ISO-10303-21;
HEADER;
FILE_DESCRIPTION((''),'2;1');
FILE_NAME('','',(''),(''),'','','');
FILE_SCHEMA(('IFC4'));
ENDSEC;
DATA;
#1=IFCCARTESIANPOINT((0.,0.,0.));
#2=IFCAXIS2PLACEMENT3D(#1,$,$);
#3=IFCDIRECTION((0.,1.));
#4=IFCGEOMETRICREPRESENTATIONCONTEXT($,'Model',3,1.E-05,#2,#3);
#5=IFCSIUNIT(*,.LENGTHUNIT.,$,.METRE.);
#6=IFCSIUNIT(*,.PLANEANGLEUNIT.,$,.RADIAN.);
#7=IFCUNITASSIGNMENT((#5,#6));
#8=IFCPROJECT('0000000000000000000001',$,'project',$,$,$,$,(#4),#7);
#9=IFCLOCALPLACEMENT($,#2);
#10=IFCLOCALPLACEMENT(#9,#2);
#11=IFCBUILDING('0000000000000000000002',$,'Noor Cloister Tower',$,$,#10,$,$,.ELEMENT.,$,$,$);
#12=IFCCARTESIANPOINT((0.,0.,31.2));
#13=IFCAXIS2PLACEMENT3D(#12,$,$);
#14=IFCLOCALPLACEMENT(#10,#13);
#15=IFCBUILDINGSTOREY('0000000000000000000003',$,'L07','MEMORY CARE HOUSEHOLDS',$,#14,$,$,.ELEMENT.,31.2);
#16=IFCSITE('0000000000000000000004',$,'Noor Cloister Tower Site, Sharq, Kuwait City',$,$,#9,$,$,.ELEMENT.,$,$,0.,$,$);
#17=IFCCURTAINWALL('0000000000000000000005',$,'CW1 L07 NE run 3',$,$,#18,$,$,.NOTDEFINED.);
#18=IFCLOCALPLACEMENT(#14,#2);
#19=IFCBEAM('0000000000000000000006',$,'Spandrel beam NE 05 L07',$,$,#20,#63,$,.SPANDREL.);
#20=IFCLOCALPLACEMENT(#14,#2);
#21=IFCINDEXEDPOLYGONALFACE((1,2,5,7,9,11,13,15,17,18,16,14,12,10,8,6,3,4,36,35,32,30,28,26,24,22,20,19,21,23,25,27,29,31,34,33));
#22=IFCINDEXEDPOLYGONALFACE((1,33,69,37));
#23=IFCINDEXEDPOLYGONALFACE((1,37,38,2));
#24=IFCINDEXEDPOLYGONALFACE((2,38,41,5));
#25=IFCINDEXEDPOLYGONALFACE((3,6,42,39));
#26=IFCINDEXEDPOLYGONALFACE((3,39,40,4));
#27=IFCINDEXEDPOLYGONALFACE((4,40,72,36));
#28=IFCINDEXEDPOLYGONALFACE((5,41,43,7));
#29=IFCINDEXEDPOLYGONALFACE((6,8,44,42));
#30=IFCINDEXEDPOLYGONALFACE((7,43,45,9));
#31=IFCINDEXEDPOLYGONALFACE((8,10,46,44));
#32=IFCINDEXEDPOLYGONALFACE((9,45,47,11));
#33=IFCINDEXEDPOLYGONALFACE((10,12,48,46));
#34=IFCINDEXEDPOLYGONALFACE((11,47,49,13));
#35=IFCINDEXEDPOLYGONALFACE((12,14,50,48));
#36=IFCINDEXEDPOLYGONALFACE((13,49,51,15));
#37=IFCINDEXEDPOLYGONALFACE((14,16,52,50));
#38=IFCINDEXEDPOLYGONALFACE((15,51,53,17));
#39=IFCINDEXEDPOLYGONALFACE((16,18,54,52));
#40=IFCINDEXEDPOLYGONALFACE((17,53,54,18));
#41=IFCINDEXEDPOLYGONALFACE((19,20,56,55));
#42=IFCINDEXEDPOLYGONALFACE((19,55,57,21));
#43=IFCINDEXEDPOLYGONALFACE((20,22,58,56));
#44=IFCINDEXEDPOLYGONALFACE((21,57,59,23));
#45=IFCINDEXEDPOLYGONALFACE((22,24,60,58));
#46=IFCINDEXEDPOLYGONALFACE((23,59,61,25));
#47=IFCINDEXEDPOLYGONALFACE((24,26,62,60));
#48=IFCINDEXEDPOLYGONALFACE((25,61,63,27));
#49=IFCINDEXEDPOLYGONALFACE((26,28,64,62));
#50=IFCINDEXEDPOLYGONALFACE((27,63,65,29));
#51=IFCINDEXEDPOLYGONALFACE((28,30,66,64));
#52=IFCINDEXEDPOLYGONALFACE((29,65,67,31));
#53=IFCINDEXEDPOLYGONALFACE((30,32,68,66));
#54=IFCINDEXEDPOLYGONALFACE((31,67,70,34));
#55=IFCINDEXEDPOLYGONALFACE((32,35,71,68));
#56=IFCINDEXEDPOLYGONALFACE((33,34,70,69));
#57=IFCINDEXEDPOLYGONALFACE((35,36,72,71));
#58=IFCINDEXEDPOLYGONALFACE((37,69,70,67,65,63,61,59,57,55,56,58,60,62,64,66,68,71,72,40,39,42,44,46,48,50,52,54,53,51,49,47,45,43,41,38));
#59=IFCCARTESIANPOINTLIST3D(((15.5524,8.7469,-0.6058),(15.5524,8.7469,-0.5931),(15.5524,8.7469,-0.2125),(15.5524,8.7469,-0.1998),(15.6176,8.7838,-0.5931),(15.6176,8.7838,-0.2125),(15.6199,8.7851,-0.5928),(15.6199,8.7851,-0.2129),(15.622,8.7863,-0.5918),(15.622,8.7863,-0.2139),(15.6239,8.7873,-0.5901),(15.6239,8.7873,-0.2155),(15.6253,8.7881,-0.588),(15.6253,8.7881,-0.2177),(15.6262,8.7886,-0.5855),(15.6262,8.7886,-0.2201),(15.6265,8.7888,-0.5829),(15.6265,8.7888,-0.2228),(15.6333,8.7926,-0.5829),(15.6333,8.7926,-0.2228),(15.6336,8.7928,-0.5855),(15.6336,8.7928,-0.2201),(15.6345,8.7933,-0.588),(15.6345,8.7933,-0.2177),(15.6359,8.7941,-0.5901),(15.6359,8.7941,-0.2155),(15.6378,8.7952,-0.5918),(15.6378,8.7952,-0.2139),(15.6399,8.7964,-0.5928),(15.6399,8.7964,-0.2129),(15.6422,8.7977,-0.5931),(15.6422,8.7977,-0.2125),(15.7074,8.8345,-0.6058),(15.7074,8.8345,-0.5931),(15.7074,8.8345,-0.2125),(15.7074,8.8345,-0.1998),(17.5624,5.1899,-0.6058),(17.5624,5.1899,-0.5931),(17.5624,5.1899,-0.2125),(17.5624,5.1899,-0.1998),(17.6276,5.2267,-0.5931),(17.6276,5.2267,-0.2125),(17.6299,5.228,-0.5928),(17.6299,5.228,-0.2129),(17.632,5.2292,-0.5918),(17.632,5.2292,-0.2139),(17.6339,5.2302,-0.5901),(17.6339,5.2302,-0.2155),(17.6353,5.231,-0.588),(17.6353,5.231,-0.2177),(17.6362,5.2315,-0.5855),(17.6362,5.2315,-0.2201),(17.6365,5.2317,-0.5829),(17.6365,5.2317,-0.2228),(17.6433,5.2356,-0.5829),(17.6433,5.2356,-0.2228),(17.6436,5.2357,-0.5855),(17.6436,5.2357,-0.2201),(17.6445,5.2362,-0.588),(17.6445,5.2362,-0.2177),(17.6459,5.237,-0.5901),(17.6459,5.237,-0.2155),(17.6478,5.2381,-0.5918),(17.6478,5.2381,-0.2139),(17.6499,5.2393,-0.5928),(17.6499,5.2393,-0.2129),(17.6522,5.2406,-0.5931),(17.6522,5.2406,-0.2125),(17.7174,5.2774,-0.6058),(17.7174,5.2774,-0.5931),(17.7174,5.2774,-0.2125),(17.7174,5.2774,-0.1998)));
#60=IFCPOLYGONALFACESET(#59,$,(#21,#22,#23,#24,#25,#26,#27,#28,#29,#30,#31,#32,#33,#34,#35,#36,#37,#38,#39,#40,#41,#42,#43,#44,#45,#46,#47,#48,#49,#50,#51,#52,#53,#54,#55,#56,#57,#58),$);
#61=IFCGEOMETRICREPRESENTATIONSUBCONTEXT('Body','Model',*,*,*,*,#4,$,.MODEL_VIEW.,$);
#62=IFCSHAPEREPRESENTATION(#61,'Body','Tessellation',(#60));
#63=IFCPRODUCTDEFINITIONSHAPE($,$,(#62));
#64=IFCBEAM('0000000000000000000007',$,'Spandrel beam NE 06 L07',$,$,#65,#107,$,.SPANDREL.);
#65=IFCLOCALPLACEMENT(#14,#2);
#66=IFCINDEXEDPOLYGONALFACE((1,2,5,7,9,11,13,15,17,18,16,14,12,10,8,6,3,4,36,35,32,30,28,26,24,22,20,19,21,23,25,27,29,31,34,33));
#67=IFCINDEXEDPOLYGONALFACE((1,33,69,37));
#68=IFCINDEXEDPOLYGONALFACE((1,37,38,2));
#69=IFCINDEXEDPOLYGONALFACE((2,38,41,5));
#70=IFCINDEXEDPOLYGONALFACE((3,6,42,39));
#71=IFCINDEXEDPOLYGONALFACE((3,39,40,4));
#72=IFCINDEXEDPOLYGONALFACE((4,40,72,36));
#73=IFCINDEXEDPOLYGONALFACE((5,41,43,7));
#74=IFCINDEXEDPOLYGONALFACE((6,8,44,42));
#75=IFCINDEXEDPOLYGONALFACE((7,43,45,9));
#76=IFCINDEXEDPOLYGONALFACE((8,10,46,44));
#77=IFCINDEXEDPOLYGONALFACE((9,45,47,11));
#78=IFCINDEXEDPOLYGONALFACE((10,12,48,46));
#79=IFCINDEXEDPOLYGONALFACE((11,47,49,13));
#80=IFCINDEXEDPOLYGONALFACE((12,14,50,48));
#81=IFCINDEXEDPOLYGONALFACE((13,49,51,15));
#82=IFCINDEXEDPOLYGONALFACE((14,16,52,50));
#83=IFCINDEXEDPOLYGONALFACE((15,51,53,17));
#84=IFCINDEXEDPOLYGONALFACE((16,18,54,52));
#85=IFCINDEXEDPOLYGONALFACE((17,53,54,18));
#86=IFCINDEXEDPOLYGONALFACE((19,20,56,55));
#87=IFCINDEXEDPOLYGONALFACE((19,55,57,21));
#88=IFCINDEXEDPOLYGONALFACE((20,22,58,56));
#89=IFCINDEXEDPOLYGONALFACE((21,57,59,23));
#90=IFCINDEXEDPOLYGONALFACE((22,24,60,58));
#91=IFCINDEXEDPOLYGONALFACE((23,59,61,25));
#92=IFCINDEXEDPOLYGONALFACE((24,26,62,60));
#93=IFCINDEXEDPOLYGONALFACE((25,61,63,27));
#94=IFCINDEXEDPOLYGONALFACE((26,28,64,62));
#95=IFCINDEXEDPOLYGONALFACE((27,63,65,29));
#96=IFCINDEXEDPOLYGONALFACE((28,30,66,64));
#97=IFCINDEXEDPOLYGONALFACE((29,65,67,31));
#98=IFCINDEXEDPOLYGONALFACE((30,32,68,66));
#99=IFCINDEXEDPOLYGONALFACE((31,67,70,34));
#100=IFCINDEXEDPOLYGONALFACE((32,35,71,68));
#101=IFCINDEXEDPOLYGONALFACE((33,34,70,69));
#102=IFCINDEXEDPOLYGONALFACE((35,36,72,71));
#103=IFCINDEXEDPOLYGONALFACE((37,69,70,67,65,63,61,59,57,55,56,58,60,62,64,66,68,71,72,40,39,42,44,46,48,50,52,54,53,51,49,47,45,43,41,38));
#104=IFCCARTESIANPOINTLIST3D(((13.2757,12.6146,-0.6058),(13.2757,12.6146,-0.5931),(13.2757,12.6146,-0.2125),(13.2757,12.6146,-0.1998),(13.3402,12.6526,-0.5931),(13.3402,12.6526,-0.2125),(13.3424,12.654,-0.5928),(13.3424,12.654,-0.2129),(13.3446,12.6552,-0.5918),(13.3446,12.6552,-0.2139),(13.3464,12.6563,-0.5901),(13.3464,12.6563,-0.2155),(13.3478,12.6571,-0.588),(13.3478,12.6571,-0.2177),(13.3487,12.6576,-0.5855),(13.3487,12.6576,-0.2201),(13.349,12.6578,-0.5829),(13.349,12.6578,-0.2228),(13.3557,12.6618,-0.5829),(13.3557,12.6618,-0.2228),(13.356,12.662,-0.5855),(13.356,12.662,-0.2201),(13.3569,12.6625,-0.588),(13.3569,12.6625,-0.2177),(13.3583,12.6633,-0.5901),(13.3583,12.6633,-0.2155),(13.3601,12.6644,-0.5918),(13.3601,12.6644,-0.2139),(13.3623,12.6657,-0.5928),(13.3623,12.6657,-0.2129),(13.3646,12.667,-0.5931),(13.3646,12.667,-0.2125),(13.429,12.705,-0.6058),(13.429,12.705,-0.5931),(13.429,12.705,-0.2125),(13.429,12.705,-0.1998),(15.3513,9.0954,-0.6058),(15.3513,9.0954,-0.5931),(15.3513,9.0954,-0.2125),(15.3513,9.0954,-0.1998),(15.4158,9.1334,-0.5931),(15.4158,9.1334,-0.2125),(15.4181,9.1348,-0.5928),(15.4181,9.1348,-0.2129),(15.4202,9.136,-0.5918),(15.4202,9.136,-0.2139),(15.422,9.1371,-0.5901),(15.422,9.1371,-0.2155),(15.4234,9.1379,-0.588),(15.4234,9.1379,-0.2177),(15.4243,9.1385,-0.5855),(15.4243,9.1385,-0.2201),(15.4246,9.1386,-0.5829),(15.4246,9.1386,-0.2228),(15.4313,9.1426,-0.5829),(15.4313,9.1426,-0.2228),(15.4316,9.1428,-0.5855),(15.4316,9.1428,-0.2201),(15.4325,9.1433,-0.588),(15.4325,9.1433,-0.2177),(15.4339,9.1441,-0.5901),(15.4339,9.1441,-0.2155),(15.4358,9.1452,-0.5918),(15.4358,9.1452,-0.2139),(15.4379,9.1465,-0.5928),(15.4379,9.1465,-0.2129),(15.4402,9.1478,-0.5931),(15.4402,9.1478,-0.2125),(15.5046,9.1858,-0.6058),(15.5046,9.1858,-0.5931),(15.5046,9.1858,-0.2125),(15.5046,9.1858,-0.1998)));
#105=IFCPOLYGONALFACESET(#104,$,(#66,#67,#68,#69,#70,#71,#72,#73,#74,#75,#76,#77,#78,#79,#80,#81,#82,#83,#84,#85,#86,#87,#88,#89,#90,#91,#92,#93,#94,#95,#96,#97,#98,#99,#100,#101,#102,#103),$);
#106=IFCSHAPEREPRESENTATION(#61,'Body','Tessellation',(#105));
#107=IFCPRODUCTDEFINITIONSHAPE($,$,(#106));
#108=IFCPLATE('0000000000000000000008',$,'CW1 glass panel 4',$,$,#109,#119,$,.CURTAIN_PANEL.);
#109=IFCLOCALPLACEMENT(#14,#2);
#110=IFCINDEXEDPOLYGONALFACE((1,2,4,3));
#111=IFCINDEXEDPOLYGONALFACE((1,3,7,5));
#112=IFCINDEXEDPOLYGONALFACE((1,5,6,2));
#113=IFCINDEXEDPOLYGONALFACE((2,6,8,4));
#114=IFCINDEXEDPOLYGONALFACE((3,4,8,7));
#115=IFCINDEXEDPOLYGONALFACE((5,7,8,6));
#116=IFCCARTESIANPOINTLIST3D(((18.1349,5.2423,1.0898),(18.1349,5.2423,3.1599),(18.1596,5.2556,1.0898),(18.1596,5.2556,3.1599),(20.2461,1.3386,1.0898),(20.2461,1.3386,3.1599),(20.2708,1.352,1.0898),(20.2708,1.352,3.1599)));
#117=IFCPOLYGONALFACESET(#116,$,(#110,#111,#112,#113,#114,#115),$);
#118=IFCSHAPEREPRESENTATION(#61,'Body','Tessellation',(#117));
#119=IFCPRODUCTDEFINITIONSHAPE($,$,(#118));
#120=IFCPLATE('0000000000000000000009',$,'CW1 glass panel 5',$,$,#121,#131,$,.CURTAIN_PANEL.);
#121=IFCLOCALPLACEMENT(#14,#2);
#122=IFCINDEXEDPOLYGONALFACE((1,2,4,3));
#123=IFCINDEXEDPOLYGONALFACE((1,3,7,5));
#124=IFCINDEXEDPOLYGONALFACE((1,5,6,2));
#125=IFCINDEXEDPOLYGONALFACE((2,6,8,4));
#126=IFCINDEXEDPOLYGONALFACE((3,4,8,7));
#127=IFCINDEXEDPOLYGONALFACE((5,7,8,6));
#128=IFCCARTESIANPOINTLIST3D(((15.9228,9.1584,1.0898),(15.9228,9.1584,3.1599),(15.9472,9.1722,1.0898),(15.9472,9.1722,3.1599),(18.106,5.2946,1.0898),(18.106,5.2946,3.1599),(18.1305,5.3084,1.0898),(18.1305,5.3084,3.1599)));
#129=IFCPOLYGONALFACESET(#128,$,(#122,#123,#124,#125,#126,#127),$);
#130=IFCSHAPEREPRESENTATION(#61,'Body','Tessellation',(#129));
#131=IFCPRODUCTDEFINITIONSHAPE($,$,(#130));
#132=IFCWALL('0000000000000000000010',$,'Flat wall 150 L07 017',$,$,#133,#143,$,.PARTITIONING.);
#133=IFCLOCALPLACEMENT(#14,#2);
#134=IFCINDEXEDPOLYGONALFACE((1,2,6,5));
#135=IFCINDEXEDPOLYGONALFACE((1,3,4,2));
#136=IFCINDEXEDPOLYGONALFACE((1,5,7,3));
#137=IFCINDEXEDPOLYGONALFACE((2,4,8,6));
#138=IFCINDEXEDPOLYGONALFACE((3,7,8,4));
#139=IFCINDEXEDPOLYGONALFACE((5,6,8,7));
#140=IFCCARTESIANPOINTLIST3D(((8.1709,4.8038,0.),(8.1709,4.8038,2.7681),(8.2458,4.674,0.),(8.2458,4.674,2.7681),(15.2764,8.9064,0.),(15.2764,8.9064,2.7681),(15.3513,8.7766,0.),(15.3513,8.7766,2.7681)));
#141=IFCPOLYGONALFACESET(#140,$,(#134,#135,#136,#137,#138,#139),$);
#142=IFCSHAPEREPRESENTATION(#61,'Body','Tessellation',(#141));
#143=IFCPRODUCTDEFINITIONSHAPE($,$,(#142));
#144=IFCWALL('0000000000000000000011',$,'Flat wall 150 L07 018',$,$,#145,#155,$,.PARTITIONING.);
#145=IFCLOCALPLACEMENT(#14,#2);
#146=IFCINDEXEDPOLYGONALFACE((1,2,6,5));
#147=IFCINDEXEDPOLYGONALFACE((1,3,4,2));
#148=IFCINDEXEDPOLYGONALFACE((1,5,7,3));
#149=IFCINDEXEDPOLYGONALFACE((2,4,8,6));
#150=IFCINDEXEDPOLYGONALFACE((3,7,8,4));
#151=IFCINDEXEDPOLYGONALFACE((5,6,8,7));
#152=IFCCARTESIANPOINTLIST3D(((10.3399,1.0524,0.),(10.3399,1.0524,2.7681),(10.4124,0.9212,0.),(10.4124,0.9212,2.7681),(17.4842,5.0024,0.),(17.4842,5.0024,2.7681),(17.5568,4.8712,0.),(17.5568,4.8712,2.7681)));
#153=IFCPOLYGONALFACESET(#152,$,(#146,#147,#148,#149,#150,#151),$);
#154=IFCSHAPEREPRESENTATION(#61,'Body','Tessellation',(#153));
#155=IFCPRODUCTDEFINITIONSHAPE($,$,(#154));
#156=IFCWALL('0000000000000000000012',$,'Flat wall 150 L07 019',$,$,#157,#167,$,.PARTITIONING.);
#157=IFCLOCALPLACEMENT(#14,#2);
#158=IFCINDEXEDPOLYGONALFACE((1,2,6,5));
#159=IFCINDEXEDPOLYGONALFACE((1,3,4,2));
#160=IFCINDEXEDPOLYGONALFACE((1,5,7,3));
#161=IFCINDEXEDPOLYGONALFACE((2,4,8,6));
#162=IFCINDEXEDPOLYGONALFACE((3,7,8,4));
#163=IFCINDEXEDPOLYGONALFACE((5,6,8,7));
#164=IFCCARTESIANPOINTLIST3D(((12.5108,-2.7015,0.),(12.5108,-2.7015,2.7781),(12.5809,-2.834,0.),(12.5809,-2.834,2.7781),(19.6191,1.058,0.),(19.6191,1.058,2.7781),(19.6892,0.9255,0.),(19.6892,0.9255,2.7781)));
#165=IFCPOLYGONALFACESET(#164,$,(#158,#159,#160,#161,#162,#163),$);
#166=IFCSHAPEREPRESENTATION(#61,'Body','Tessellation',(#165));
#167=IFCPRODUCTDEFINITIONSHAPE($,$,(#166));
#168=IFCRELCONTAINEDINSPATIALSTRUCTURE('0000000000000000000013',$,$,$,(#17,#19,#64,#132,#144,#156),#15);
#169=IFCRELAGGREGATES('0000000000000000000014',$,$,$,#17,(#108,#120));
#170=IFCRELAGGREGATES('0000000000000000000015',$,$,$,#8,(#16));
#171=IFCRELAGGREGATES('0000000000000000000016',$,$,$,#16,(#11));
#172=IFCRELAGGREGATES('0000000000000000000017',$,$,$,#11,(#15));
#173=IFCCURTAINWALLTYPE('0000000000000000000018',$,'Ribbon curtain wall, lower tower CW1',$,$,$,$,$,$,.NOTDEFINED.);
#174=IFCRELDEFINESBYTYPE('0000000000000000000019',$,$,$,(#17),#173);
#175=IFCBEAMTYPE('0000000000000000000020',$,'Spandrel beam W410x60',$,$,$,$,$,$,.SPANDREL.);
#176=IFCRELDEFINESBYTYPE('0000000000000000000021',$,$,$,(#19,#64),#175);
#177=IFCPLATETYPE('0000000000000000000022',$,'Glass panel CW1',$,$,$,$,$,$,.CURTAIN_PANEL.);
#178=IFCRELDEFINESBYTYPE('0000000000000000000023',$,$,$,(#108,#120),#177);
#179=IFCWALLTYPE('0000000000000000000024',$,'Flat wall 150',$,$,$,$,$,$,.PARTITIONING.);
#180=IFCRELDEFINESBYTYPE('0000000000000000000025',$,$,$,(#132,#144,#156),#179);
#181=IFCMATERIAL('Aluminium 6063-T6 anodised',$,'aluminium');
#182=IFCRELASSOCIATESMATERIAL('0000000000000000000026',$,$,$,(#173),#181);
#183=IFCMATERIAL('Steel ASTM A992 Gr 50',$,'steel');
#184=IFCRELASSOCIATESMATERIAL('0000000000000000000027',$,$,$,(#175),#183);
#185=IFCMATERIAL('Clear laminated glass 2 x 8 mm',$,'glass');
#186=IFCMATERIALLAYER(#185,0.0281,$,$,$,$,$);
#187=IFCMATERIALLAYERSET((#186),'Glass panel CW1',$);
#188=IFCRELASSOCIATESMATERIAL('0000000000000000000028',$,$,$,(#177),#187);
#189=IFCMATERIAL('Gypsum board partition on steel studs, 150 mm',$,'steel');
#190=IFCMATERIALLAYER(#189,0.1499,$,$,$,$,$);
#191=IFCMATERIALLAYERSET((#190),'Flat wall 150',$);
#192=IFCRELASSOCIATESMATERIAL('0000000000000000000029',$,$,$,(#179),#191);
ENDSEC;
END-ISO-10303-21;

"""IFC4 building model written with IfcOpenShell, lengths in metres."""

from ifc_helpers import new_model, si_unit, direction, frame, frame_2d, origin, origin_2d, place, context, subcontext, project, spatial, rectangle, i_section, extrude, material, layer, layer_set, material_profile, profile_set, type_object, element, aggregate, save


model = new_model("IFC4")

# Units and contexts
model_context = context("Model", 3, precision=1e-05, world=origin(), true_north=direction((0.0, 1.0)))
body_context = subcontext(model_context, "Body", "Model", "MODEL_VIEW")
ifc_project = project(units=[si_unit("LENGTHUNIT", "METRE"), si_unit("PLANEANGLEUNIT", "RADIAN")], contexts=[model_context])

# Site, building, storey
site_placement = place(None, origin())
site = spatial("IfcSite", under=ifc_project, at=site_placement, Name="Noor Cloister Tower Site, Sharq, Kuwait City", CompositionType="ELEMENT", RefElevation=0.0)
building_placement = place(site_placement, origin())
building = spatial("IfcBuilding", under=site, at=building_placement, Name="Noor Cloister Tower", CompositionType="ELEMENT")
storey_placement = place(building_placement, frame((0.0, 0.0, 31.2)))
storey = spatial("IfcBuildingStorey", under=building, at=storey_placement, Name="L07", Description="MEMORY CARE HOUSEHOLDS", CompositionType="ELEMENT", Elevation=31.2)

# Curtain wall
ifc_material_1 = material(Name="Aluminium 6063-T6 anodised", Category="aluminium")
curtain_wall_type = type_object("IfcCurtainWallType", Name="Ribbon curtain wall, lower tower CW1", PredefinedType="NOTDEFINED", material=ifc_material_1)
curtain_wall_placement = place(storey_placement, origin())
curtain_wall = element("IfcCurtainWall", 1, at=curtain_wall_placement, inside=storey, type_object=curtain_wall_type, Name="CW1 L07 NE run 3", PredefinedType="NOTDEFINED")

# Beams
ifc_material_2 = material(Name="Steel ASTM A992 Gr 50", Category="steel")
ifc_material_profile_1 = material_profile(ifc_material_2, i_section(OverallWidth=0.178, OverallDepth=0.406, WebThickness=0.0078, FlangeThickness=0.0127, FilletRadius=0.0103, at=origin_2d()), Name="W410x60")
ifc_profile_set_1 = profile_set([ifc_material_profile_1], Name="Steel ASTM A992 Gr 50")
beam_type_1 = type_object("IfcBeamType", Name="Spandrel beam W410x60", PredefinedType="SPANDREL", material=ifc_profile_set_1)
for number, where, z_axis, x_axis, name in (
    (2, (17.6399, 5.2336, -0.4028), (-0.491957, 0.87062, 0.0), (-0.87062, -0.491957, 0.0), "Spandrel beam NE 05 L07"),
    (3, (15.428, 9.1406, -0.4028), (-0.508023, 0.861344, 0.0), (-0.861344, -0.508023, 0.0), "Spandrel beam NE 06 L07"),
):
    element("IfcBeam", number, at=place(storey_placement, frame(where, z_axis=z_axis, x_axis=x_axis)), inside=storey, type_object=beam_type_1, Name=name, PredefinedType="SPANDREL", context=body_context, shape_type="SweptSolid", body=[
        extrude(i_section(OverallWidth=0.178, OverallDepth=0.406, WebThickness=0.0078, FlangeThickness=0.0127, FilletRadius=0.0103, at=origin_2d()), origin(), (0.0, 0.0, 1.0), 4.0857),
    ])

# Plates
ifc_material_3 = material(Name="Clear laminated glass 2 x 8 mm", Category="glass")
ifc_layer_1 = layer(ifc_material_3, 0.0281)
ifc_layer_set_1 = layer_set([ifc_layer_1], Name="Glass panel CW1")
plate_type = type_object("IfcPlateType", Name="Glass panel CW1", PredefinedType="CURTAIN_PANEL", material=ifc_layer_set_1)
plate_1_placement = place(storey_placement, frame((19.2029, 3.2971, 1.0898), z_axis=(0.0, 0.0, 1.0), x_axis=(-0.475707, 0.879604, 0.0)))
plate_1 = element("IfcPlate", 4, at=plate_1_placement, type_object=plate_type, Name="CW1 glass panel 4", PredefinedType="CURTAIN_PANEL", context=body_context, shape_type="SweptSolid", body=[
    extrude(rectangle(XDim=4.438, YDim=0.0281, at=origin_2d()), origin(), (0.0, 0.0, 1.0), 2.0701),
])
plate_2_placement = place(storey_placement, frame((17.0266, 7.2334, 1.0898), z_axis=(0.0, 0.0, 1.0), x_axis=(-0.491945, 0.870627, 0.0)))
plate_2 = element("IfcPlate", 5, at=plate_2_placement, type_object=plate_type, Name="CW1 glass panel 5", PredefinedType="CURTAIN_PANEL", context=body_context, shape_type="SweptSolid", body=[
    extrude(rectangle(XDim=4.438, YDim=0.0281, at=origin_2d()), origin(), (0.0, 0.0, 1.0), 2.0701),
])
aggregate(curtain_wall, [plate_1, plate_2])

# Walls
ifc_material_4 = material(Name="Gypsum board partition on steel studs, 150 mm", Category="steel")
ifc_layer_2 = layer(ifc_material_4, 0.1499)
ifc_layer_set_2 = layer_set([ifc_layer_2], Name="Flat wall 150")
wall_type = type_object("IfcWallType", Name="Flat wall 150", PredefinedType="PARTITIONING", material=ifc_layer_set_2)
wall_1_placement = place(storey_placement, frame((15.314, 8.8416, 0.0), z_axis=(0.0, 0.0, 1.0), x_axis=(-0.866015, -0.500018, 0.0)))
element("IfcWall", 6, at=wall_1_placement, inside=storey, type_object=wall_type, Name="Flat wall 150 L07 017", PredefinedType="PARTITIONING", context=body_context, shape_type="SweptSolid", body=[
    extrude(rectangle(XDim=8.2048, YDim=0.1499, at=frame_2d((4.1025, 0.0))), origin(), (0.0, 0.0, 1.0), 2.7681),
])
wall_2_placement = place(storey_placement, frame((17.5205, 4.9368, 0.0), z_axis=(0.0, 0.0, 1.0), x_axis=(-0.875149, -0.483854, 0.0)))
element("IfcWall", 7, at=wall_2_placement, inside=storey, type_object=wall_type, Name="Flat wall 150 L07 018", PredefinedType="PARTITIONING", context=body_context, shape_type="SweptSolid", body=[
    extrude(rectangle(XDim=8.1636, YDim=0.1499, at=frame_2d((4.0818, 0.0))), origin(), (0.0, 0.0, 1.0), 2.7681),
])
wall_3_placement = place(storey_placement, frame((19.6541, 0.9917, 0.0), z_axis=(0.0, 0.0, 1.0), x_axis=(-0.883981, -0.467524, 0.0)))
element("IfcWall", 8, at=wall_3_placement, inside=storey, type_object=wall_type, Name="Flat wall 150 L07 019", PredefinedType="PARTITIONING", context=body_context, shape_type="SweptSolid", body=[
    extrude(rectangle(XDim=8.0413, YDim=0.1499, at=frame_2d((4.0205, 0.0))), origin(), (0.0, 0.0, 1.0), 2.7781),
])

save(model, "model.ifc")
